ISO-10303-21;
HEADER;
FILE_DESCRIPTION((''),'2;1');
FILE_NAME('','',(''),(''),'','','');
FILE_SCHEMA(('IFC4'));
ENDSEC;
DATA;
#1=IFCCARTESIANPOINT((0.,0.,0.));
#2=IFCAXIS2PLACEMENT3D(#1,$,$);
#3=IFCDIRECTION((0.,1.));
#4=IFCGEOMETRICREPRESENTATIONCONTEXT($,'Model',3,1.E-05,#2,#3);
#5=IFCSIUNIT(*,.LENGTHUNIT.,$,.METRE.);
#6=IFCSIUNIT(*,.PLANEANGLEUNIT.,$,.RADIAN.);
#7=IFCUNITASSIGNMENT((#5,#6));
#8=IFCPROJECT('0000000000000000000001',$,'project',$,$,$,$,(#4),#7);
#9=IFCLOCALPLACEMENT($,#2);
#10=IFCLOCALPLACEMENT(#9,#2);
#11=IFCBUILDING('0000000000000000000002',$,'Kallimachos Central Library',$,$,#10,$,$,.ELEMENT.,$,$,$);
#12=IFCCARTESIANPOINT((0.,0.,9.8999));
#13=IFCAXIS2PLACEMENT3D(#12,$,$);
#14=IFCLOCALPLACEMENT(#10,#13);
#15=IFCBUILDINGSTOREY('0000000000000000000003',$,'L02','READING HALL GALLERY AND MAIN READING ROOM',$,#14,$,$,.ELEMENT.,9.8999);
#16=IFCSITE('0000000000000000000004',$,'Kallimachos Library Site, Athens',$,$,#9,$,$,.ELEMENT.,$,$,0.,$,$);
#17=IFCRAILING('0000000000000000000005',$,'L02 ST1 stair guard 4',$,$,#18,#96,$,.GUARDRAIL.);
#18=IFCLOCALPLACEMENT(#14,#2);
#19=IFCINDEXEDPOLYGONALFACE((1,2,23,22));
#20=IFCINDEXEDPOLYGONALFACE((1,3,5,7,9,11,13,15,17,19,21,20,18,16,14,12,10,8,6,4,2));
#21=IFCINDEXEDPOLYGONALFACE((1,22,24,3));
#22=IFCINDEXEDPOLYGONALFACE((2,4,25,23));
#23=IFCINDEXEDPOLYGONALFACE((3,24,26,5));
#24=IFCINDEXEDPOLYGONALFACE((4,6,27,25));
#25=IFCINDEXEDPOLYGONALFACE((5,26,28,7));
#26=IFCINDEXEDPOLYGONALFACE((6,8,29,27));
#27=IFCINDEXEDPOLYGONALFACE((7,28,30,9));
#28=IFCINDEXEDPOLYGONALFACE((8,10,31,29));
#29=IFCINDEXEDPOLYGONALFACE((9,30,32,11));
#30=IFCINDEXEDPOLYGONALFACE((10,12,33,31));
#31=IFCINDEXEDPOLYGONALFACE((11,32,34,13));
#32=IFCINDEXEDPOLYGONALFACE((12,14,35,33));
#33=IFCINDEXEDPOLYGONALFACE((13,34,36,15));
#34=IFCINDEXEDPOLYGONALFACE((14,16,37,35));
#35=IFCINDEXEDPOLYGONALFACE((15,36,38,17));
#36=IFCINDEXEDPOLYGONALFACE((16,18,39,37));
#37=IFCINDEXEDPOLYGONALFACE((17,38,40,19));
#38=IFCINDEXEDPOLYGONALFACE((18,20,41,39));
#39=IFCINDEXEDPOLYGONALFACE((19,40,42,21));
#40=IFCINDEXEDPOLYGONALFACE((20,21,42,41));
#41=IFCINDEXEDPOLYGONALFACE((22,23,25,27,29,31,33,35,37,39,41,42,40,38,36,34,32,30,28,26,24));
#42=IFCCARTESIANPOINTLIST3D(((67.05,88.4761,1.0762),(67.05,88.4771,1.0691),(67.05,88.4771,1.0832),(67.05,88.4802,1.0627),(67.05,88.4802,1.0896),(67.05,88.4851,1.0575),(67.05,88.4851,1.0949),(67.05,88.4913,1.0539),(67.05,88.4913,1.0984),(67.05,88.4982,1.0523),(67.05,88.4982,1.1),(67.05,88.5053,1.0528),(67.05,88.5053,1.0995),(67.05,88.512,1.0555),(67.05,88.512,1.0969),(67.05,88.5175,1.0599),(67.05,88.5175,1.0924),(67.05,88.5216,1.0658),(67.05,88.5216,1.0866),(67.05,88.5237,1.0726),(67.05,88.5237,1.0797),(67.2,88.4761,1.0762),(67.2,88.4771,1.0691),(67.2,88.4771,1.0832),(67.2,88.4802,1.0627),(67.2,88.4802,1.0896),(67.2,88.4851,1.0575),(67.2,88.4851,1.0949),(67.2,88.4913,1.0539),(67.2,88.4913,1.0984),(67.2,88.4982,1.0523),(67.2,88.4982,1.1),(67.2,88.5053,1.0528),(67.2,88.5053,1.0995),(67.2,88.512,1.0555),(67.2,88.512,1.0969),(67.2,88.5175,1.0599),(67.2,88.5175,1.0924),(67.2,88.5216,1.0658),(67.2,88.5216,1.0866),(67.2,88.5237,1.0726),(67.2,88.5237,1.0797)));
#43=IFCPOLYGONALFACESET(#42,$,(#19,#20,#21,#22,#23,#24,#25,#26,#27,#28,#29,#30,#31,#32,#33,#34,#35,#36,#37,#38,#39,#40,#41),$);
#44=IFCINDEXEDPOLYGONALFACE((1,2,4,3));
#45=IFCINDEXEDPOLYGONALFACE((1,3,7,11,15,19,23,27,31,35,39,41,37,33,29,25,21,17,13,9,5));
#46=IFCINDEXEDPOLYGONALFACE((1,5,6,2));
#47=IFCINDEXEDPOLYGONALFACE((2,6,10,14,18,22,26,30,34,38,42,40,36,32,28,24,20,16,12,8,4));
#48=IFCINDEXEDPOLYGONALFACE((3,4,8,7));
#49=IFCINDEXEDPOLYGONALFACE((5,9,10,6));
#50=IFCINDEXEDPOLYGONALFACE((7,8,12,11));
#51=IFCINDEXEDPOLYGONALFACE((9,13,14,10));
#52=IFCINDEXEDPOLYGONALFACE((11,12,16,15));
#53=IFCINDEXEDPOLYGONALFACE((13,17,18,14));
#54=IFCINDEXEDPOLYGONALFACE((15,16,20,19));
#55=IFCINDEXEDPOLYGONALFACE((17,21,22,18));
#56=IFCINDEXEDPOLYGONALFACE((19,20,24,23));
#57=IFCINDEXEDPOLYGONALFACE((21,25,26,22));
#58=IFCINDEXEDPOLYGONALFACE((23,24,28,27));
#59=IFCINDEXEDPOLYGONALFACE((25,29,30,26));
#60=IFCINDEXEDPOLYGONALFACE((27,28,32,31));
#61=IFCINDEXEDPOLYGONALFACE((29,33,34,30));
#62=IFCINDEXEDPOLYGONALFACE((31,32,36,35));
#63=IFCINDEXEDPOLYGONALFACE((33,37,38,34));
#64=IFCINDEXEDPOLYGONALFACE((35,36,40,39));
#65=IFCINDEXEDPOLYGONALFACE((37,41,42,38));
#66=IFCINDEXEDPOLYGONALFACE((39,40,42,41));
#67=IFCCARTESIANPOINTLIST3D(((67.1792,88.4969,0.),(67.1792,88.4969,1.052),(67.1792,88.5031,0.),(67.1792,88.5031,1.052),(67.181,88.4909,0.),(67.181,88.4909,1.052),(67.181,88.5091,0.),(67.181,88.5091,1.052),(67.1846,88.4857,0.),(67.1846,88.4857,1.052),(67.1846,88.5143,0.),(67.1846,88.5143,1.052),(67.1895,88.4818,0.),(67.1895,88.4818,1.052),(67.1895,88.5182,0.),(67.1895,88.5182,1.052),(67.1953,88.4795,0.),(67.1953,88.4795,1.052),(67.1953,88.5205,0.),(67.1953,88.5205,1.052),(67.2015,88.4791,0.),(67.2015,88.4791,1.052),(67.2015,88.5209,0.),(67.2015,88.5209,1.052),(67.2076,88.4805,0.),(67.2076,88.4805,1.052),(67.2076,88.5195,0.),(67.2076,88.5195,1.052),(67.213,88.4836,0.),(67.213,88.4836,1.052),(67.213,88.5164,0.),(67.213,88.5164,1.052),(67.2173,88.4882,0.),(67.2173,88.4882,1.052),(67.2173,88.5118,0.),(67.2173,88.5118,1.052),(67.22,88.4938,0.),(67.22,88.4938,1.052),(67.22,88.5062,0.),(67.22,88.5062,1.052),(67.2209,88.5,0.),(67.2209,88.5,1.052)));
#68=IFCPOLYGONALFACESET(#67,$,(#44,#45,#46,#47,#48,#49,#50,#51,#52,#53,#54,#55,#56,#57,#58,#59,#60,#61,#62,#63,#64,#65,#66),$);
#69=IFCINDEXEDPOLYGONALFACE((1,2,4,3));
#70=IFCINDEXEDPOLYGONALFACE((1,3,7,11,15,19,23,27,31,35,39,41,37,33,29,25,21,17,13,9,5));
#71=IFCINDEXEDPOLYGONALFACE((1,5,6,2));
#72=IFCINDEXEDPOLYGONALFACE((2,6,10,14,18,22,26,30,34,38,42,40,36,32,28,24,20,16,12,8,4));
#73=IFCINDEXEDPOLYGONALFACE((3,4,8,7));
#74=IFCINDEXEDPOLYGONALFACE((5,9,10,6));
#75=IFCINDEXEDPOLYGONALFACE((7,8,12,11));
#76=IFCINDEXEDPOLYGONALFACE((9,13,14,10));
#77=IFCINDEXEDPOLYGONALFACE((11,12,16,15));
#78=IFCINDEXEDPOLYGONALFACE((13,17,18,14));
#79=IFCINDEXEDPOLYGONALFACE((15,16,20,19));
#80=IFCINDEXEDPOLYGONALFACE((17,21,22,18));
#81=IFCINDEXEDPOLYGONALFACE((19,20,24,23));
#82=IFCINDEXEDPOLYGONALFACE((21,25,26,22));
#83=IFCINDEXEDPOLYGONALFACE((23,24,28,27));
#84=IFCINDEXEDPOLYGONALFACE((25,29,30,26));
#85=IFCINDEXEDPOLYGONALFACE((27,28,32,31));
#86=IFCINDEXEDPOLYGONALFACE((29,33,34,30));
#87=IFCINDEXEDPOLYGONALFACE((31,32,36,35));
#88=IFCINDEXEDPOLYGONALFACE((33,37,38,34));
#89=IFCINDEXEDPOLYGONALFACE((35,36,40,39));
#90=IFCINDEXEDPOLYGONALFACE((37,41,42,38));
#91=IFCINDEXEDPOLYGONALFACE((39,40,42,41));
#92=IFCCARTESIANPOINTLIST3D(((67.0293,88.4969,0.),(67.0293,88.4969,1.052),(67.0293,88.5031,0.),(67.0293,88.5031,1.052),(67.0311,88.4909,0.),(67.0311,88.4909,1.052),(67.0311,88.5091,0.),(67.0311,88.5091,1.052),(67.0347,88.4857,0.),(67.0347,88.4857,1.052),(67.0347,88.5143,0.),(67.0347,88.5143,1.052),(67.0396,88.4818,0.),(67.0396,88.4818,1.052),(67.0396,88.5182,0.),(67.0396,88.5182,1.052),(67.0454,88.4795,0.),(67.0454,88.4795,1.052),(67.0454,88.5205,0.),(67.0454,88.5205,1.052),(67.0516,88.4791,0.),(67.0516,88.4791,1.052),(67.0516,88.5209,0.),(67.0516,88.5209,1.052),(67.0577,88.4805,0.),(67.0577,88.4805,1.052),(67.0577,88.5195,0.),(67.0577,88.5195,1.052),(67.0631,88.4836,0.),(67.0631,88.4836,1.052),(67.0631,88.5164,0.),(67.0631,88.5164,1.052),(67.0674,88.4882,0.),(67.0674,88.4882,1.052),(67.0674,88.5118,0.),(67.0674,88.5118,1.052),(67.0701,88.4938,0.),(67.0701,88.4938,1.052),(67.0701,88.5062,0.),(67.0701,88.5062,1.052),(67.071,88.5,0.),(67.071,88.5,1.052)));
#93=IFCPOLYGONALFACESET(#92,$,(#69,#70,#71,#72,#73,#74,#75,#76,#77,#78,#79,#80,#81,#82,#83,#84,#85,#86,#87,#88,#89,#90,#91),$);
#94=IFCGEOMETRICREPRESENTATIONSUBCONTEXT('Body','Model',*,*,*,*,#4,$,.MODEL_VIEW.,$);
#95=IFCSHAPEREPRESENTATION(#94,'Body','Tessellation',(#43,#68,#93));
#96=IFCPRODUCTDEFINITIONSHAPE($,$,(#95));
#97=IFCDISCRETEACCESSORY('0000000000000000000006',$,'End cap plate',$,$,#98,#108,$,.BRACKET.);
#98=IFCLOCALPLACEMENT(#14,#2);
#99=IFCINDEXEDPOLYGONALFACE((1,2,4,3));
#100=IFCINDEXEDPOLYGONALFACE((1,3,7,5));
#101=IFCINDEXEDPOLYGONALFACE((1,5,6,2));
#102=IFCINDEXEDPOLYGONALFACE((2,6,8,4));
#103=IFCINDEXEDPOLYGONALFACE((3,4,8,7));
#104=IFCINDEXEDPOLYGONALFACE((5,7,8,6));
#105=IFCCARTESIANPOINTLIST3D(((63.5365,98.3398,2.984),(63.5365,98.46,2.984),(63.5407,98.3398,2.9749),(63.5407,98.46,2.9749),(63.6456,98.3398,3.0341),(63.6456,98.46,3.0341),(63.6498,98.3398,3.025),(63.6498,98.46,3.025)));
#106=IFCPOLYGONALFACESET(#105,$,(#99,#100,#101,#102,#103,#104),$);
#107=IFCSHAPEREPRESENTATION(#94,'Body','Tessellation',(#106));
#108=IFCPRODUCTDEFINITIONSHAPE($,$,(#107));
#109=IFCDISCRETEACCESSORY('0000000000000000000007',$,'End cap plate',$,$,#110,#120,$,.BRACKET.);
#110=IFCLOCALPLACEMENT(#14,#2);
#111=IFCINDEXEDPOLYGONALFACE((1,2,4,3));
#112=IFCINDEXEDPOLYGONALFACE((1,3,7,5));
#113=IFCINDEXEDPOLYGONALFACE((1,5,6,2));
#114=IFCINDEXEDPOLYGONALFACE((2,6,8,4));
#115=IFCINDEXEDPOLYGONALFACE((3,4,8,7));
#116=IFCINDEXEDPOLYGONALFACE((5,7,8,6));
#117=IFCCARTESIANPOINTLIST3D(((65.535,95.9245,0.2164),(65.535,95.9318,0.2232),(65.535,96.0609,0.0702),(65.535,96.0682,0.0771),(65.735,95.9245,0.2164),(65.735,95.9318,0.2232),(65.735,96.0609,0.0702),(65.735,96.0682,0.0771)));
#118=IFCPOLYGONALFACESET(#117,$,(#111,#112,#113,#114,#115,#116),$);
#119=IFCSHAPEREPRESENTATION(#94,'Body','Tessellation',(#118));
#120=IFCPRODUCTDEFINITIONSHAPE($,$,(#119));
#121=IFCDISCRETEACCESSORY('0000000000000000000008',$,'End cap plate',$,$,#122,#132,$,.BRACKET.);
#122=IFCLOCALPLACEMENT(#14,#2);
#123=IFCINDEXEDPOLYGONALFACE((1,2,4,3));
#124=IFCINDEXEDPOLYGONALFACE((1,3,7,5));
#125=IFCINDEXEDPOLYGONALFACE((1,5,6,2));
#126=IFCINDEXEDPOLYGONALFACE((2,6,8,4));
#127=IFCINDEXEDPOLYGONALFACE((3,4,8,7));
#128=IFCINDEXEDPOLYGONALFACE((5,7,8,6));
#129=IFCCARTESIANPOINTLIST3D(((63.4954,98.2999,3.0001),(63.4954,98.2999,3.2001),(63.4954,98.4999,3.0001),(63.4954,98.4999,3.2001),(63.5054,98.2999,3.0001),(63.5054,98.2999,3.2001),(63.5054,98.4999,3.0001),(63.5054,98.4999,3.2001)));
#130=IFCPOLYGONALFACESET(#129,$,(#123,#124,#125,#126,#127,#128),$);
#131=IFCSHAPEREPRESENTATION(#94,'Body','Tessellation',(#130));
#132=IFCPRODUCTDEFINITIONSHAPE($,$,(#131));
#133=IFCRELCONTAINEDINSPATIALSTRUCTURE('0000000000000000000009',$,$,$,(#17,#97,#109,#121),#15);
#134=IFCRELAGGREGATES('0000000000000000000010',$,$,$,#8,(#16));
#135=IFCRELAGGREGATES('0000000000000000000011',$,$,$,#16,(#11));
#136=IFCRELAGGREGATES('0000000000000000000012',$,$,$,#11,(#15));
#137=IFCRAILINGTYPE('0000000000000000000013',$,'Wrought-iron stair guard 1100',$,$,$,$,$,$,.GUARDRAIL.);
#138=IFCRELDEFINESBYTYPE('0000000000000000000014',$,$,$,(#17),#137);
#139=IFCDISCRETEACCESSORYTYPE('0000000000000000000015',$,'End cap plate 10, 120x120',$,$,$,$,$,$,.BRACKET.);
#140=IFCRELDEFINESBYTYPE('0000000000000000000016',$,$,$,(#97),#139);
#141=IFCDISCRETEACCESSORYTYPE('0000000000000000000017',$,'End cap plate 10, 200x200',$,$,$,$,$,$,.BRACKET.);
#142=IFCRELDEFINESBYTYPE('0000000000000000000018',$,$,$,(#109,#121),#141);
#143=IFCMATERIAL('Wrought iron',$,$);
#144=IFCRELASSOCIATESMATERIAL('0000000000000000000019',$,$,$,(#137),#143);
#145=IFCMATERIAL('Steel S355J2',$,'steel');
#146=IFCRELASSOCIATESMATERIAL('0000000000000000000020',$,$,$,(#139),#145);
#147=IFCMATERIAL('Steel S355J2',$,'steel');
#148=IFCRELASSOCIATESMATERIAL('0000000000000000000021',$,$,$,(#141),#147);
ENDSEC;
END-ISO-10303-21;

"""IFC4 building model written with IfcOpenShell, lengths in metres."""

from ifc_helpers import new_model, si_unit, direction, frame, origin, origin_2d, place, context, subcontext, project, spatial, rectangle, circle, extrude, material, material_profile, profile_set, type_object, element, save


model = new_model("IFC4")

# Units and contexts
model_context = context("Model", 3, precision=1e-05, world=origin(), true_north=direction((0.0, 1.0)))
body_context = subcontext(model_context, "Body", "Model", "MODEL_VIEW")
ifc_project = project(units=[si_unit("LENGTHUNIT", "METRE"), si_unit("PLANEANGLEUNIT", "RADIAN")], contexts=[model_context])

# Site, building, storey
site_placement = place(None, origin())
site = spatial("IfcSite", under=ifc_project, at=site_placement, Name="Kallimachos Library Site, Athens", CompositionType="ELEMENT", RefElevation=0.0)
building_placement = place(site_placement, origin())
building = spatial("IfcBuilding", under=site, at=building_placement, Name="Kallimachos Central Library", CompositionType="ELEMENT")
storey_placement = place(building_placement, frame((0.0, 0.0, 9.8999)))
storey = spatial("IfcBuildingStorey", under=building, at=storey_placement, Name="L02", Description="READING HALL GALLERY AND MAIN READING ROOM", CompositionType="ELEMENT", Elevation=9.8999)

# Railing
ifc_material_1 = material(Name="Wrought iron")
railing_type_1 = type_object("IfcRailingType", Name="Wrought-iron stair guard 1100", PredefinedType="GUARDRAIL", material=ifc_material_1)
railing_1_placement = place(storey_placement, frame((67.2, 88.5, 0.0)))
element("IfcRailing", 1, at=railing_1_placement, inside=storey, type_object=railing_type_1, Name="L02 ST1 stair guard 4", PredefinedType="GUARDRAIL", context=body_context, shape_type="SweptSolid", body=[
    extrude(circle(Radius=0.0239, at=origin_2d()), frame((0.0, 0.0, 1.0762), z_axis=(-1.0, 0.0, 0.0), x_axis=(0.0, -1.0, 0.0)), (0.0, 0.0, 1.0), 0.1499),
    extrude(circle(Radius=0.021, at=origin_2d()), origin(), (0.0, 0.0, 1.0), 1.052),
    extrude(circle(Radius=0.021, at=origin_2d()), frame((-0.1499, 0.0, 0.0)), (0.0, 0.0, 1.0), 1.052),
])

# Discrete accessories
ifc_material_2 = material(Name="Steel S355J2", Category="steel")
ifc_material_profile_1 = material_profile(ifc_material_2, rectangle(XDim=0.1201, YDim=0.1201, at=origin_2d()), Name="End cap plate 10, 120x120")
ifc_profile_set_1 = profile_set([ifc_material_profile_1], Name="Steel S355J2")
discrete_accessory_type_1 = type_object("IfcDiscreteAccessoryType", Name="End cap plate 10, 120x120", PredefinedType="BRACKET", material=ifc_profile_set_1)
discrete_accessory_placement = place(storey_placement, frame((63.5911, 98.3999, 3.009), z_axis=(0.4175, 0.0, -0.908677), x_axis=(0.0, 1.0, 0.0)))
element("IfcDiscreteAccessory", 2, at=discrete_accessory_placement, inside=storey, type_object=discrete_accessory_type_1, Name="End cap plate", PredefinedType="BRACKET", context=body_context, shape_type="SweptSolid", body=[
    extrude(rectangle(XDim=0.1201, YDim=0.1201, at=origin_2d()), origin(), (0.0, 0.0, 1.0), 0.01),
])
ifc_material_3 = material(Name="Steel S355J2", Category="steel")
ifc_material_profile_2 = material_profile(ifc_material_3, rectangle(XDim=0.2, YDim=0.2, at=origin_2d()), Name="End cap plate 10, 200x200")
ifc_profile_set_2 = profile_set([ifc_material_profile_2], Name="Steel S355J2")
discrete_accessory_type_2 = type_object("IfcDiscreteAccessoryType", Name="End cap plate 10, 200x200", PredefinedType="BRACKET", material=ifc_profile_set_2)
for number, where, z_axis, x_axis, name in (
    (3, (65.635, 95.9927, 0.1433), (0.0, 0.731055, 0.682318), (-1.0, 0.0, 0.0), "End cap plate"),
    (4, (63.4954, 98.3999, 3.1001), (1.0, 0.0, 0.0), (0.0, 1.0, 0.0), "End cap plate"),
):
    element("IfcDiscreteAccessory", number, at=place(storey_placement, frame(where, z_axis=z_axis, x_axis=x_axis)), inside=storey, type_object=discrete_accessory_type_2, Name=name, PredefinedType="BRACKET", context=body_context, shape_type="SweptSolid", body=[
        extrude(rectangle(XDim=0.2, YDim=0.2, at=origin_2d()), origin(), (0.0, 0.0, 1.0), 0.01),
    ])

save(model, "model.ifc")
